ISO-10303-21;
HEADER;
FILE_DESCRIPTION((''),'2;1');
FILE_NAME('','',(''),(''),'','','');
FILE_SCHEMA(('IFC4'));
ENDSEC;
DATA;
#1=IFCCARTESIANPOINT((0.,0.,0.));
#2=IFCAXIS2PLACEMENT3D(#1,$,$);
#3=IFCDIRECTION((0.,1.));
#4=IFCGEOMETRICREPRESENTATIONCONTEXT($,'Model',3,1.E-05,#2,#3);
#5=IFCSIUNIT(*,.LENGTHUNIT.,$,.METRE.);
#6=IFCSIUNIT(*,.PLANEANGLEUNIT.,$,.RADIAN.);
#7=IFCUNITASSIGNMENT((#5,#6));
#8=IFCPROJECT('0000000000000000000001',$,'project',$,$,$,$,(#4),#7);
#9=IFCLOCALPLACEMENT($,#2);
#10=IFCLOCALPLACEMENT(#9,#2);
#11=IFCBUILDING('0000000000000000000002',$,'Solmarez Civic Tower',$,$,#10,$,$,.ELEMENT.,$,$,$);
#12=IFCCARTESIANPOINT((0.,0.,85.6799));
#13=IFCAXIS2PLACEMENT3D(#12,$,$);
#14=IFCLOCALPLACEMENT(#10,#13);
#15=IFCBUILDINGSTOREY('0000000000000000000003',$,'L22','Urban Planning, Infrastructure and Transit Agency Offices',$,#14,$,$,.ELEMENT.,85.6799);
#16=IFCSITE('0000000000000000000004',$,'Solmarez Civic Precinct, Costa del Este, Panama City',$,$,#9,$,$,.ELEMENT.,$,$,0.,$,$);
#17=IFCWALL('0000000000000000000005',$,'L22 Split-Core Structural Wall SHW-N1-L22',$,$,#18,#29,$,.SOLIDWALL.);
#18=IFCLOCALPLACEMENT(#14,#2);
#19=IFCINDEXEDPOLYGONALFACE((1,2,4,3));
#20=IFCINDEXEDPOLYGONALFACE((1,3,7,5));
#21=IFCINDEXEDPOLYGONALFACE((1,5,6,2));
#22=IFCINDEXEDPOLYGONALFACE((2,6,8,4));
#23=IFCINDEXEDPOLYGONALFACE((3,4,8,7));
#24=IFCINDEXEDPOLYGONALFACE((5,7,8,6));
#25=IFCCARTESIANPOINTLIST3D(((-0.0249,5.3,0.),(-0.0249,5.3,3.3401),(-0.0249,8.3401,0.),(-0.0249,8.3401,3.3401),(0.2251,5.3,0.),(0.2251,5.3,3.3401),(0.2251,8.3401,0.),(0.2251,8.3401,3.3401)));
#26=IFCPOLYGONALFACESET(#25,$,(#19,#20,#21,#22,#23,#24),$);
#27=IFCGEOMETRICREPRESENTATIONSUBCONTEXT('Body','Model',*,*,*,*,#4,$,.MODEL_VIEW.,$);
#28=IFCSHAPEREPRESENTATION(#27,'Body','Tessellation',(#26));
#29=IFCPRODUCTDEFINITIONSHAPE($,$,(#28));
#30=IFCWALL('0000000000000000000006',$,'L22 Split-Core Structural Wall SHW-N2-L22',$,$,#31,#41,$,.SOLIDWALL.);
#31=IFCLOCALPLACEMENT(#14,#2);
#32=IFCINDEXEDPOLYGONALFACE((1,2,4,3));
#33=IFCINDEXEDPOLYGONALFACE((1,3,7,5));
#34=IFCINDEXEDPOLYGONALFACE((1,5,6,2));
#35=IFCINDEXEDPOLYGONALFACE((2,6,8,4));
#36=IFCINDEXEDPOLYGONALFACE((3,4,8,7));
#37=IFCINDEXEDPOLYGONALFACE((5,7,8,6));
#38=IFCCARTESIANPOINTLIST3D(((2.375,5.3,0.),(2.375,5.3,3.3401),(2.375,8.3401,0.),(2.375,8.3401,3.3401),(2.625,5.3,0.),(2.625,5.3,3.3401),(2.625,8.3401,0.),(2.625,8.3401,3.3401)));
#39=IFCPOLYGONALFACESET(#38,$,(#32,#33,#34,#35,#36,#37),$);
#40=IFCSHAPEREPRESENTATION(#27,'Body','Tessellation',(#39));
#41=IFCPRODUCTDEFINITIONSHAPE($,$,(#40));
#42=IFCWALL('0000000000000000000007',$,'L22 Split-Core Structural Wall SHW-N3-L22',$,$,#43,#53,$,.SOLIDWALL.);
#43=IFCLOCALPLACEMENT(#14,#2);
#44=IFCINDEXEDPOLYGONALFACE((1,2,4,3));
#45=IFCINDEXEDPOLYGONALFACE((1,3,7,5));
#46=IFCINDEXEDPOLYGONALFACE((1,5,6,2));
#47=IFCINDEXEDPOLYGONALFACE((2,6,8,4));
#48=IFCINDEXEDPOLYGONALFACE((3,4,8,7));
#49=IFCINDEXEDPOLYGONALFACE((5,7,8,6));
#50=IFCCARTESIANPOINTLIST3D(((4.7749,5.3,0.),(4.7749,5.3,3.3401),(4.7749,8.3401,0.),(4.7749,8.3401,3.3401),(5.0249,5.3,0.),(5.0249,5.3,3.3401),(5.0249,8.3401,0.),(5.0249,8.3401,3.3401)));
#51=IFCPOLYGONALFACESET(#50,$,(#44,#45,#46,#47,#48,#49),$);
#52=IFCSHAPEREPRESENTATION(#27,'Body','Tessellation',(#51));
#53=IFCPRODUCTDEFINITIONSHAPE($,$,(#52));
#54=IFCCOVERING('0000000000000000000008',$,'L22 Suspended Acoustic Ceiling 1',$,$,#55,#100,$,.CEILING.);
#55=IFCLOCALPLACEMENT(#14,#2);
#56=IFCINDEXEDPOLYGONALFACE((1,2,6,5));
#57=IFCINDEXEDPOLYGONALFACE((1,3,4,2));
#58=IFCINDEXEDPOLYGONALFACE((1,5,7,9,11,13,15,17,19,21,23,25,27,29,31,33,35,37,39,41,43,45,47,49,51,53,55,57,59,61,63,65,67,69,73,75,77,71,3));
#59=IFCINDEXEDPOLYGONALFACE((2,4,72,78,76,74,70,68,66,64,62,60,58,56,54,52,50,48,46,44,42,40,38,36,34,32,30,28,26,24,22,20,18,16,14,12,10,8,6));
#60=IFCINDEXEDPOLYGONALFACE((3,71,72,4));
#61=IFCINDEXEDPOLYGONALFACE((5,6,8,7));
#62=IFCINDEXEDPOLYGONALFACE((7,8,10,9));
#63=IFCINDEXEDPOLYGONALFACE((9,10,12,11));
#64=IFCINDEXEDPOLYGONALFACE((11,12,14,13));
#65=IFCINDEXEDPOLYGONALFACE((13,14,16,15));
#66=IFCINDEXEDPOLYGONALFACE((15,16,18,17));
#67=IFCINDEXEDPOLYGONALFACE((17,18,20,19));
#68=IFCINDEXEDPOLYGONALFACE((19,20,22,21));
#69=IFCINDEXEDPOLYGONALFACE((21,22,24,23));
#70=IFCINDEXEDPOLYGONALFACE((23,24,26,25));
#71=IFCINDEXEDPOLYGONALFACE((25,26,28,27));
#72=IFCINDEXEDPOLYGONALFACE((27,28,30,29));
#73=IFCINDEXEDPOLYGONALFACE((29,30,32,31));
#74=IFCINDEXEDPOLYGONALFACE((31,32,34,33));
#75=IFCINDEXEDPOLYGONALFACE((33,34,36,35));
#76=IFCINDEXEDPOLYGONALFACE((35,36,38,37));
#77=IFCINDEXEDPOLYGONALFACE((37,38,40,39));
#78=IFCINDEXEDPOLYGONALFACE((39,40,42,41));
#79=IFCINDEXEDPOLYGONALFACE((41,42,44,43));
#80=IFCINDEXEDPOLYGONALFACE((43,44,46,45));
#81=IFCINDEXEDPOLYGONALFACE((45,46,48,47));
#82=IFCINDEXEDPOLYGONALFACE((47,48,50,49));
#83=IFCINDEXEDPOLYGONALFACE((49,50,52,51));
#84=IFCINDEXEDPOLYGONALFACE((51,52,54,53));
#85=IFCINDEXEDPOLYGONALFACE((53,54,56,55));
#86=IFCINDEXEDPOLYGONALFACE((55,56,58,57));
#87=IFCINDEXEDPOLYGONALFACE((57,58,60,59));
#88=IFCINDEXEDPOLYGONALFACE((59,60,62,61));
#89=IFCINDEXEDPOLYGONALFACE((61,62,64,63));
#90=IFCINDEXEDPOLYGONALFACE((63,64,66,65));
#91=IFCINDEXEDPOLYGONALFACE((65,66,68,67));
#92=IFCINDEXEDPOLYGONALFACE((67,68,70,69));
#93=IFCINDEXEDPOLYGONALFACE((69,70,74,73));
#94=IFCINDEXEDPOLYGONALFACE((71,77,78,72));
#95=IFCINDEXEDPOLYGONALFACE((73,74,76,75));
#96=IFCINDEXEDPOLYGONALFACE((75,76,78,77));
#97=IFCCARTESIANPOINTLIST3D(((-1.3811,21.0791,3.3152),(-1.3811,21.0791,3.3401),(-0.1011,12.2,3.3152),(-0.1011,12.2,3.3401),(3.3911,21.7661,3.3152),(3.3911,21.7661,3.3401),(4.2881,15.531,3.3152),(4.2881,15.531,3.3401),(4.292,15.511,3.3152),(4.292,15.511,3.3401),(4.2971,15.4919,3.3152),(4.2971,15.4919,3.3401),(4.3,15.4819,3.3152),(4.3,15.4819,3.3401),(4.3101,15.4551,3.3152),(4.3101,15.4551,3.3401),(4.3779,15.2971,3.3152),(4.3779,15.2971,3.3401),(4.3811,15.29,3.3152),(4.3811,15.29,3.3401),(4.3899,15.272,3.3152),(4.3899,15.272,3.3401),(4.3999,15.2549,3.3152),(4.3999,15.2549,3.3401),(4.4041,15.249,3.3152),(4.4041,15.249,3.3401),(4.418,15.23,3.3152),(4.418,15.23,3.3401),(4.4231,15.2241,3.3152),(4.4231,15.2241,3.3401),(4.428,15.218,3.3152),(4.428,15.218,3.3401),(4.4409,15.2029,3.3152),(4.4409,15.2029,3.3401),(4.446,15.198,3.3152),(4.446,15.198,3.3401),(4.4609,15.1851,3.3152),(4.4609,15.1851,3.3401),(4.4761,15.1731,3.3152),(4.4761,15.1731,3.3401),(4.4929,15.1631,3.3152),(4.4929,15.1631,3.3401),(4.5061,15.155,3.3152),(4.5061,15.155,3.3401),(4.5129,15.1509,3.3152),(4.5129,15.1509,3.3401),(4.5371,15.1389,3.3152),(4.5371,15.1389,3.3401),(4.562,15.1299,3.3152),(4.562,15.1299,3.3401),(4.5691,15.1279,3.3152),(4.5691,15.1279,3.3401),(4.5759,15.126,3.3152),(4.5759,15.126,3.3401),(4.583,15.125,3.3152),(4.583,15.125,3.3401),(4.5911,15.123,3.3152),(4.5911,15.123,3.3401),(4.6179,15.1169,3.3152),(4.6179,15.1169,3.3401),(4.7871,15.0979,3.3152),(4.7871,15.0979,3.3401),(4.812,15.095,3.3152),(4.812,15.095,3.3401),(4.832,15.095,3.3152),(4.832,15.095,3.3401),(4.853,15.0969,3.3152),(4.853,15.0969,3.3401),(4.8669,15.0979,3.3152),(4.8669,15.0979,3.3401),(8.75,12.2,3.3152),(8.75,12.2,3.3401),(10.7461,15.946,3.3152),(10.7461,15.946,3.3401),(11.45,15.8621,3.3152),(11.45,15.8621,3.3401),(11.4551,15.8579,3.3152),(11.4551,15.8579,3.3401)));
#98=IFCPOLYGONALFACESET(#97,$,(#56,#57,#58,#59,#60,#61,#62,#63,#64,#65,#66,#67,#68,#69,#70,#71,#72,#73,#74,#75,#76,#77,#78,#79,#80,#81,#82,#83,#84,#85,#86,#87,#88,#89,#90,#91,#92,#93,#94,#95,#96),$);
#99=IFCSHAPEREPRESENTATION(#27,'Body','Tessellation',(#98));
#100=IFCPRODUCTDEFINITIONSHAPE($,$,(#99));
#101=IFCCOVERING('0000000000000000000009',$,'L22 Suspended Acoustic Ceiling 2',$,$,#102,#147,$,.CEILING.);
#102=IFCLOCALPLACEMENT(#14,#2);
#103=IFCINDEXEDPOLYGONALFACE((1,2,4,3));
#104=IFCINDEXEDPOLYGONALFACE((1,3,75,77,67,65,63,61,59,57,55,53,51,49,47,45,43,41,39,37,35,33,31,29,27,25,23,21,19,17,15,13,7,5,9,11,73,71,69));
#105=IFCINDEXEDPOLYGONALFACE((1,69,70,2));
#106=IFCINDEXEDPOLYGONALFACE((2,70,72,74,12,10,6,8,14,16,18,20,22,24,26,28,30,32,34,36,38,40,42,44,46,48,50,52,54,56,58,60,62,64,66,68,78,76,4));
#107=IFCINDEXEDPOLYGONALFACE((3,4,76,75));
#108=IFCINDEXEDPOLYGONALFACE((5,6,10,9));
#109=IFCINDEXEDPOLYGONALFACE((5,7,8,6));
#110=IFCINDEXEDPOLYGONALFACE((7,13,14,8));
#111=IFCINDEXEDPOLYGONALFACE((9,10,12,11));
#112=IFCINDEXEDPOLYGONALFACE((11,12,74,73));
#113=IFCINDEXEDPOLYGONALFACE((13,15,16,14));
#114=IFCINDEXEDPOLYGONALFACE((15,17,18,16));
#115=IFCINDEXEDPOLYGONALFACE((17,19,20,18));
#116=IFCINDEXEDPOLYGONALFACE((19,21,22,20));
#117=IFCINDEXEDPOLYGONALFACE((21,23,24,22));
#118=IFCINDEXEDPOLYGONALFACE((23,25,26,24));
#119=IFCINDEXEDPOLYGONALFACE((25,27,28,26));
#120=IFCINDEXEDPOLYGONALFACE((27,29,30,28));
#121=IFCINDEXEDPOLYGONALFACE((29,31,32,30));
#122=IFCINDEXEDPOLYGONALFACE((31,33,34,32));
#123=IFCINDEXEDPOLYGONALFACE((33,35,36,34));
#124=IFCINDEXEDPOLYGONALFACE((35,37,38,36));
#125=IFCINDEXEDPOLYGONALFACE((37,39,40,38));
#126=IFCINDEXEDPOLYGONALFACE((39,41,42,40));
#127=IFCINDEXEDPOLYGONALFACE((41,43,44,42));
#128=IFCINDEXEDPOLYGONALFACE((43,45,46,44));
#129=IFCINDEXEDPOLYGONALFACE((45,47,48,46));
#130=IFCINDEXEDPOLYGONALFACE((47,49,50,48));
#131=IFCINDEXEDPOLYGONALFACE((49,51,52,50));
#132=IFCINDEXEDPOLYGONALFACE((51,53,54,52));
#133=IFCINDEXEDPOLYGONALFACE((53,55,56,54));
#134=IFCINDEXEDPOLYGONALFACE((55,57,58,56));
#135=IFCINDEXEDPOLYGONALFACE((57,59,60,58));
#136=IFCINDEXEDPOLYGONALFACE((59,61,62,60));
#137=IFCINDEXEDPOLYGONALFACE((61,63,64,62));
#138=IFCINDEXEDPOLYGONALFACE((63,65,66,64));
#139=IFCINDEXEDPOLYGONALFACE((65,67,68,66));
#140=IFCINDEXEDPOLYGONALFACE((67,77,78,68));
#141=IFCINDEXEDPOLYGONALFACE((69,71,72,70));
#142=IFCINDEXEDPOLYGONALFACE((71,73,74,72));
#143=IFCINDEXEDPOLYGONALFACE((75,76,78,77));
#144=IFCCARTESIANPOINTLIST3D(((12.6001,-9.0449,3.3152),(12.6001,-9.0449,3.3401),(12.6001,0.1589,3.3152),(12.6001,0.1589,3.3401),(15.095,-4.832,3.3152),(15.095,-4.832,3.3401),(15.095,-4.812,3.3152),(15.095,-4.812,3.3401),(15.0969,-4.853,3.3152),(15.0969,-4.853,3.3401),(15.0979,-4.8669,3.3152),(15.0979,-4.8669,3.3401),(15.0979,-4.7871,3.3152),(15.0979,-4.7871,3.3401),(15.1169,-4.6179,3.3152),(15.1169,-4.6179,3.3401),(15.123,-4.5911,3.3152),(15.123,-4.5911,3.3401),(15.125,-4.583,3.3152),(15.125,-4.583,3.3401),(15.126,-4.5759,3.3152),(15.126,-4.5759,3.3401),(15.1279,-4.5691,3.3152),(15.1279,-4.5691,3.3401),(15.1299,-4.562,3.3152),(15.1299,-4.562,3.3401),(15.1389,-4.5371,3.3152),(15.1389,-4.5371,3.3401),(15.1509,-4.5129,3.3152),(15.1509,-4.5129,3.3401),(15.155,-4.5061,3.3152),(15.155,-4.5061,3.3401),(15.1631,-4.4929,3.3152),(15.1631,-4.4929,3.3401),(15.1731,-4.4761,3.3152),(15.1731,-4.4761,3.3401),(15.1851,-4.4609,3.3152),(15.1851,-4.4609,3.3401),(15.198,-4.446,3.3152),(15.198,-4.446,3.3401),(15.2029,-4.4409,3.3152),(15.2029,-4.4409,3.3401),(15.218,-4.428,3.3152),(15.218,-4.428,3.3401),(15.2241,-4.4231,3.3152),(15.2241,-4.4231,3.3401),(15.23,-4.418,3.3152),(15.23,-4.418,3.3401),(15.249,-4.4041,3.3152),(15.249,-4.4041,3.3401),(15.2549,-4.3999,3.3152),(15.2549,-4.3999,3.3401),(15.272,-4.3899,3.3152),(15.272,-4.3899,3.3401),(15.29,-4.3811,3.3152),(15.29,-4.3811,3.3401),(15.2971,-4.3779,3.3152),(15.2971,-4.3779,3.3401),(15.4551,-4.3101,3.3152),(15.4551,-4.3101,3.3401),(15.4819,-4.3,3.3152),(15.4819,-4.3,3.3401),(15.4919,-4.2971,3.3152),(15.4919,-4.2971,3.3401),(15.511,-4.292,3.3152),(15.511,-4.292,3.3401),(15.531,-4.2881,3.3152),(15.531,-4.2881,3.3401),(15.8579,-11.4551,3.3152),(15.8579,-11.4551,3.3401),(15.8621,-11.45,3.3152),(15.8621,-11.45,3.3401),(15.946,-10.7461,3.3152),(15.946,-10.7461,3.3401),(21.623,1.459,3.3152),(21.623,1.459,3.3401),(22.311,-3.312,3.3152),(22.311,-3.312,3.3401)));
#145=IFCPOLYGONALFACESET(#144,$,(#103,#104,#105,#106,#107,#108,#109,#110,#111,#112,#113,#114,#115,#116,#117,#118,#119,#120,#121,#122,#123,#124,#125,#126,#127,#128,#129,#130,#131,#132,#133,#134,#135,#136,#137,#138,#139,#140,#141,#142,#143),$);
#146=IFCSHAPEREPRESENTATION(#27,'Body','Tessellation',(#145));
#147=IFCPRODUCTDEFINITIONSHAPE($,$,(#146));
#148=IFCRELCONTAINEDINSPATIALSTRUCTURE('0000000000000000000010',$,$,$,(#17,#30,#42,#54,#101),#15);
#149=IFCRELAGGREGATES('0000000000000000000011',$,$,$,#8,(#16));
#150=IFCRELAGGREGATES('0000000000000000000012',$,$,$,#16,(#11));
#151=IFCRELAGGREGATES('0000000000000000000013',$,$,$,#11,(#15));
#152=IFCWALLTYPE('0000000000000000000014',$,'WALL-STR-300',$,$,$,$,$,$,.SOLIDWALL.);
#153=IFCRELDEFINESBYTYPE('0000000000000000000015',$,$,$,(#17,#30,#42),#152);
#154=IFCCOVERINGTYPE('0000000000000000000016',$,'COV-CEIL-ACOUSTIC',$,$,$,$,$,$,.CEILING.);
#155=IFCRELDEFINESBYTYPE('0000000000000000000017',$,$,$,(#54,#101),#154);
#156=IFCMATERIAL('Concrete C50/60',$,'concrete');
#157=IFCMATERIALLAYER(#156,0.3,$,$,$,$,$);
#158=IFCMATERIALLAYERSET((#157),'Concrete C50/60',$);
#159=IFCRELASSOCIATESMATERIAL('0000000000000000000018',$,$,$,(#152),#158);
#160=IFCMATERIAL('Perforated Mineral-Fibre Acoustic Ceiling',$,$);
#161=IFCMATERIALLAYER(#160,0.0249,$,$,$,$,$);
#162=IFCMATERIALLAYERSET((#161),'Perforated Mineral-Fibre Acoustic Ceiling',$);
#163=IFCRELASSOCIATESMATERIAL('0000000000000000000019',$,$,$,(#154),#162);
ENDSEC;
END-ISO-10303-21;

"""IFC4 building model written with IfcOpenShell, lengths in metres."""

from ifc_helpers import new_model, si_unit, direction, frame, frame_2d, origin, place, context, subcontext, project, spatial, polyline, rectangle, outline, extrude, material, layer, layer_set, type_object, element, save


model = new_model("IFC4")

# Units and contexts
model_context = context("Model", 3, precision=1e-05, world=origin(), true_north=direction((0.0, 1.0)))
body_context = subcontext(model_context, "Body", "Model", "MODEL_VIEW")
ifc_project = project(units=[si_unit("LENGTHUNIT", "METRE"), si_unit("PLANEANGLEUNIT", "RADIAN")], contexts=[model_context])

# Site, building, storey
site_placement = place(None, origin())
site = spatial("IfcSite", under=ifc_project, at=site_placement, Name="Solmarez Civic Precinct, Costa del Este, Panama City", CompositionType="ELEMENT", RefElevation=0.0)
building_placement = place(site_placement, origin())
building = spatial("IfcBuilding", under=site, at=building_placement, Name="Solmarez Civic Tower", CompositionType="ELEMENT")
storey_placement = place(building_placement, frame((0.0, 0.0, 85.6799)))
storey = spatial("IfcBuildingStorey", under=building, at=storey_placement, Name="L22", Description="Urban Planning, Infrastructure and Transit Agency Offices", CompositionType="ELEMENT", Elevation=85.6799)

# Shared definitions
ifc_material_1 = material(Name="Concrete C50/60", Category="concrete")

# Walls
ifc_layer_1 = layer(ifc_material_1, 0.3)
ifc_layer_set_1 = layer_set([ifc_layer_1], Name="Concrete C50/60")
wall_type_1 = type_object("IfcWallType", Name="WALL-STR-300", PredefinedType="SOLIDWALL", material=ifc_layer_set_1)
for number, where, z_axis, x_axis, name in (
    (1, (0.1001, 5.3, 0.0), (0.0, 0.0, 1.0), (0.0, 1.0, 0.0), "L22 Split-Core Structural Wall SHW-N1-L22"),
    (2, (2.5, 5.3, 0.0), (0.0, 0.0, 1.0), (0.0, 1.0, 0.0), "L22 Split-Core Structural Wall SHW-N2-L22"),
    (3, (4.8999, 5.3, 0.0), (0.0, 0.0, 1.0), (0.0, 1.0, 0.0), "L22 Split-Core Structural Wall SHW-N3-L22"),
):
    element("IfcWall", number, at=place(storey_placement, frame(where, z_axis=z_axis, x_axis=x_axis)), inside=storey, type_object=wall_type_1, Name=name, PredefinedType="SOLIDWALL", context=body_context, shape_type="SweptSolid", body=[
        extrude(rectangle(XDim=3.04, YDim=0.25, at=frame_2d((1.52, 0.0))), origin(), (0.0, 0.0, 1.0), 3.3401),
    ])

# Coverings
ifc_material_2 = material(Name="Perforated Mineral-Fibre Acoustic Ceiling")
ifc_layer_2 = layer(ifc_material_2, 0.0249)
ifc_layer_set_2 = layer_set([ifc_layer_2], Name="Perforated Mineral-Fibre Acoustic Ceiling")
covering_type_1 = type_object("IfcCoveringType", Name="COV-CEIL-ACOUSTIC", PredefinedType="CEILING", material=ifc_layer_set_2)
covering_1_placement = place(storey_placement, frame((0.0, 0.0, 3.3152)))
element("IfcCovering", 4, at=covering_1_placement, inside=storey, type_object=covering_type_1, Name="L22 Suspended Acoustic Ceiling 1", PredefinedType="CEILING", context=body_context, shape_type="SweptSolid", body=[
    extrude(outline(polyline([(-0.1011, 12.2), (8.75, 12.2), (11.4551, 15.8579), (11.45, 15.8621), (10.7461, 15.946), (4.8669, 15.0979), (4.853, 15.0969), (4.832, 15.095), (4.812, 15.095), (4.7871, 15.0979), (4.6179, 15.1169), (4.5911, 15.123), (4.583, 15.125), (4.5759, 15.126), (4.5691, 15.1279), (4.562, 15.1299), (4.5371, 15.1389), (4.5129, 15.1509), (4.5061, 15.155), (4.4929, 15.1631), (4.4761, 15.1731), (4.4609, 15.1851), (4.446, 15.198), (4.4409, 15.2029), (4.428, 15.218), (4.4231, 15.2241), (4.418, 15.23), (4.4041, 15.249), (4.3999, 15.2549), (4.3899, 15.272), (4.3811, 15.29), (4.3779, 15.2971), (4.3101, 15.4551), (4.3, 15.4819), (4.2971, 15.4919), (4.292, 15.511), (4.2881, 15.531), (3.3911, 21.7661), (-1.3811, 21.0791), (-0.1011, 12.2)])), origin(), (0.0, 0.0, 1.0), 0.0249),
])
covering_2_placement = place(storey_placement, frame((0.0, 0.0, 3.3152)))
element("IfcCovering", 5, at=covering_2_placement, inside=storey, type_object=covering_type_1, Name="L22 Suspended Acoustic Ceiling 2", PredefinedType="CEILING", context=body_context, shape_type="SweptSolid", body=[
    extrude(outline(polyline([(12.6001, 0.1589), (12.6001, -9.0449), (15.8579, -11.4551), (15.8621, -11.45), (15.946, -10.7461), (15.0979, -4.8669), (15.0969, -4.853), (15.095, -4.832), (15.095, -4.812), (15.0979, -4.7871), (15.1169, -4.6179), (15.123, -4.5911), (15.125, -4.583), (15.126, -4.5759), (15.1279, -4.5691), (15.1299, -4.562), (15.1389, -4.5371), (15.1509, -4.5129), (15.155, -4.5061), (15.1631, -4.4929), (15.1731, -4.4761), (15.1851, -4.4609), (15.198, -4.446), (15.2029, -4.4409), (15.218, -4.428), (15.2241, -4.4231), (15.23, -4.418), (15.249, -4.4041), (15.2549, -4.3999), (15.272, -4.3899), (15.29, -4.3811), (15.2971, -4.3779), (15.4551, -4.3101), (15.4819, -4.3), (15.4919, -4.2971), (15.511, -4.292), (15.531, -4.2881), (22.311, -3.312), (21.623, 1.459), (12.6001, 0.1589)])), origin(), (0.0, 0.0, 1.0), 0.0249),
])

save(model, "model.ifc")
